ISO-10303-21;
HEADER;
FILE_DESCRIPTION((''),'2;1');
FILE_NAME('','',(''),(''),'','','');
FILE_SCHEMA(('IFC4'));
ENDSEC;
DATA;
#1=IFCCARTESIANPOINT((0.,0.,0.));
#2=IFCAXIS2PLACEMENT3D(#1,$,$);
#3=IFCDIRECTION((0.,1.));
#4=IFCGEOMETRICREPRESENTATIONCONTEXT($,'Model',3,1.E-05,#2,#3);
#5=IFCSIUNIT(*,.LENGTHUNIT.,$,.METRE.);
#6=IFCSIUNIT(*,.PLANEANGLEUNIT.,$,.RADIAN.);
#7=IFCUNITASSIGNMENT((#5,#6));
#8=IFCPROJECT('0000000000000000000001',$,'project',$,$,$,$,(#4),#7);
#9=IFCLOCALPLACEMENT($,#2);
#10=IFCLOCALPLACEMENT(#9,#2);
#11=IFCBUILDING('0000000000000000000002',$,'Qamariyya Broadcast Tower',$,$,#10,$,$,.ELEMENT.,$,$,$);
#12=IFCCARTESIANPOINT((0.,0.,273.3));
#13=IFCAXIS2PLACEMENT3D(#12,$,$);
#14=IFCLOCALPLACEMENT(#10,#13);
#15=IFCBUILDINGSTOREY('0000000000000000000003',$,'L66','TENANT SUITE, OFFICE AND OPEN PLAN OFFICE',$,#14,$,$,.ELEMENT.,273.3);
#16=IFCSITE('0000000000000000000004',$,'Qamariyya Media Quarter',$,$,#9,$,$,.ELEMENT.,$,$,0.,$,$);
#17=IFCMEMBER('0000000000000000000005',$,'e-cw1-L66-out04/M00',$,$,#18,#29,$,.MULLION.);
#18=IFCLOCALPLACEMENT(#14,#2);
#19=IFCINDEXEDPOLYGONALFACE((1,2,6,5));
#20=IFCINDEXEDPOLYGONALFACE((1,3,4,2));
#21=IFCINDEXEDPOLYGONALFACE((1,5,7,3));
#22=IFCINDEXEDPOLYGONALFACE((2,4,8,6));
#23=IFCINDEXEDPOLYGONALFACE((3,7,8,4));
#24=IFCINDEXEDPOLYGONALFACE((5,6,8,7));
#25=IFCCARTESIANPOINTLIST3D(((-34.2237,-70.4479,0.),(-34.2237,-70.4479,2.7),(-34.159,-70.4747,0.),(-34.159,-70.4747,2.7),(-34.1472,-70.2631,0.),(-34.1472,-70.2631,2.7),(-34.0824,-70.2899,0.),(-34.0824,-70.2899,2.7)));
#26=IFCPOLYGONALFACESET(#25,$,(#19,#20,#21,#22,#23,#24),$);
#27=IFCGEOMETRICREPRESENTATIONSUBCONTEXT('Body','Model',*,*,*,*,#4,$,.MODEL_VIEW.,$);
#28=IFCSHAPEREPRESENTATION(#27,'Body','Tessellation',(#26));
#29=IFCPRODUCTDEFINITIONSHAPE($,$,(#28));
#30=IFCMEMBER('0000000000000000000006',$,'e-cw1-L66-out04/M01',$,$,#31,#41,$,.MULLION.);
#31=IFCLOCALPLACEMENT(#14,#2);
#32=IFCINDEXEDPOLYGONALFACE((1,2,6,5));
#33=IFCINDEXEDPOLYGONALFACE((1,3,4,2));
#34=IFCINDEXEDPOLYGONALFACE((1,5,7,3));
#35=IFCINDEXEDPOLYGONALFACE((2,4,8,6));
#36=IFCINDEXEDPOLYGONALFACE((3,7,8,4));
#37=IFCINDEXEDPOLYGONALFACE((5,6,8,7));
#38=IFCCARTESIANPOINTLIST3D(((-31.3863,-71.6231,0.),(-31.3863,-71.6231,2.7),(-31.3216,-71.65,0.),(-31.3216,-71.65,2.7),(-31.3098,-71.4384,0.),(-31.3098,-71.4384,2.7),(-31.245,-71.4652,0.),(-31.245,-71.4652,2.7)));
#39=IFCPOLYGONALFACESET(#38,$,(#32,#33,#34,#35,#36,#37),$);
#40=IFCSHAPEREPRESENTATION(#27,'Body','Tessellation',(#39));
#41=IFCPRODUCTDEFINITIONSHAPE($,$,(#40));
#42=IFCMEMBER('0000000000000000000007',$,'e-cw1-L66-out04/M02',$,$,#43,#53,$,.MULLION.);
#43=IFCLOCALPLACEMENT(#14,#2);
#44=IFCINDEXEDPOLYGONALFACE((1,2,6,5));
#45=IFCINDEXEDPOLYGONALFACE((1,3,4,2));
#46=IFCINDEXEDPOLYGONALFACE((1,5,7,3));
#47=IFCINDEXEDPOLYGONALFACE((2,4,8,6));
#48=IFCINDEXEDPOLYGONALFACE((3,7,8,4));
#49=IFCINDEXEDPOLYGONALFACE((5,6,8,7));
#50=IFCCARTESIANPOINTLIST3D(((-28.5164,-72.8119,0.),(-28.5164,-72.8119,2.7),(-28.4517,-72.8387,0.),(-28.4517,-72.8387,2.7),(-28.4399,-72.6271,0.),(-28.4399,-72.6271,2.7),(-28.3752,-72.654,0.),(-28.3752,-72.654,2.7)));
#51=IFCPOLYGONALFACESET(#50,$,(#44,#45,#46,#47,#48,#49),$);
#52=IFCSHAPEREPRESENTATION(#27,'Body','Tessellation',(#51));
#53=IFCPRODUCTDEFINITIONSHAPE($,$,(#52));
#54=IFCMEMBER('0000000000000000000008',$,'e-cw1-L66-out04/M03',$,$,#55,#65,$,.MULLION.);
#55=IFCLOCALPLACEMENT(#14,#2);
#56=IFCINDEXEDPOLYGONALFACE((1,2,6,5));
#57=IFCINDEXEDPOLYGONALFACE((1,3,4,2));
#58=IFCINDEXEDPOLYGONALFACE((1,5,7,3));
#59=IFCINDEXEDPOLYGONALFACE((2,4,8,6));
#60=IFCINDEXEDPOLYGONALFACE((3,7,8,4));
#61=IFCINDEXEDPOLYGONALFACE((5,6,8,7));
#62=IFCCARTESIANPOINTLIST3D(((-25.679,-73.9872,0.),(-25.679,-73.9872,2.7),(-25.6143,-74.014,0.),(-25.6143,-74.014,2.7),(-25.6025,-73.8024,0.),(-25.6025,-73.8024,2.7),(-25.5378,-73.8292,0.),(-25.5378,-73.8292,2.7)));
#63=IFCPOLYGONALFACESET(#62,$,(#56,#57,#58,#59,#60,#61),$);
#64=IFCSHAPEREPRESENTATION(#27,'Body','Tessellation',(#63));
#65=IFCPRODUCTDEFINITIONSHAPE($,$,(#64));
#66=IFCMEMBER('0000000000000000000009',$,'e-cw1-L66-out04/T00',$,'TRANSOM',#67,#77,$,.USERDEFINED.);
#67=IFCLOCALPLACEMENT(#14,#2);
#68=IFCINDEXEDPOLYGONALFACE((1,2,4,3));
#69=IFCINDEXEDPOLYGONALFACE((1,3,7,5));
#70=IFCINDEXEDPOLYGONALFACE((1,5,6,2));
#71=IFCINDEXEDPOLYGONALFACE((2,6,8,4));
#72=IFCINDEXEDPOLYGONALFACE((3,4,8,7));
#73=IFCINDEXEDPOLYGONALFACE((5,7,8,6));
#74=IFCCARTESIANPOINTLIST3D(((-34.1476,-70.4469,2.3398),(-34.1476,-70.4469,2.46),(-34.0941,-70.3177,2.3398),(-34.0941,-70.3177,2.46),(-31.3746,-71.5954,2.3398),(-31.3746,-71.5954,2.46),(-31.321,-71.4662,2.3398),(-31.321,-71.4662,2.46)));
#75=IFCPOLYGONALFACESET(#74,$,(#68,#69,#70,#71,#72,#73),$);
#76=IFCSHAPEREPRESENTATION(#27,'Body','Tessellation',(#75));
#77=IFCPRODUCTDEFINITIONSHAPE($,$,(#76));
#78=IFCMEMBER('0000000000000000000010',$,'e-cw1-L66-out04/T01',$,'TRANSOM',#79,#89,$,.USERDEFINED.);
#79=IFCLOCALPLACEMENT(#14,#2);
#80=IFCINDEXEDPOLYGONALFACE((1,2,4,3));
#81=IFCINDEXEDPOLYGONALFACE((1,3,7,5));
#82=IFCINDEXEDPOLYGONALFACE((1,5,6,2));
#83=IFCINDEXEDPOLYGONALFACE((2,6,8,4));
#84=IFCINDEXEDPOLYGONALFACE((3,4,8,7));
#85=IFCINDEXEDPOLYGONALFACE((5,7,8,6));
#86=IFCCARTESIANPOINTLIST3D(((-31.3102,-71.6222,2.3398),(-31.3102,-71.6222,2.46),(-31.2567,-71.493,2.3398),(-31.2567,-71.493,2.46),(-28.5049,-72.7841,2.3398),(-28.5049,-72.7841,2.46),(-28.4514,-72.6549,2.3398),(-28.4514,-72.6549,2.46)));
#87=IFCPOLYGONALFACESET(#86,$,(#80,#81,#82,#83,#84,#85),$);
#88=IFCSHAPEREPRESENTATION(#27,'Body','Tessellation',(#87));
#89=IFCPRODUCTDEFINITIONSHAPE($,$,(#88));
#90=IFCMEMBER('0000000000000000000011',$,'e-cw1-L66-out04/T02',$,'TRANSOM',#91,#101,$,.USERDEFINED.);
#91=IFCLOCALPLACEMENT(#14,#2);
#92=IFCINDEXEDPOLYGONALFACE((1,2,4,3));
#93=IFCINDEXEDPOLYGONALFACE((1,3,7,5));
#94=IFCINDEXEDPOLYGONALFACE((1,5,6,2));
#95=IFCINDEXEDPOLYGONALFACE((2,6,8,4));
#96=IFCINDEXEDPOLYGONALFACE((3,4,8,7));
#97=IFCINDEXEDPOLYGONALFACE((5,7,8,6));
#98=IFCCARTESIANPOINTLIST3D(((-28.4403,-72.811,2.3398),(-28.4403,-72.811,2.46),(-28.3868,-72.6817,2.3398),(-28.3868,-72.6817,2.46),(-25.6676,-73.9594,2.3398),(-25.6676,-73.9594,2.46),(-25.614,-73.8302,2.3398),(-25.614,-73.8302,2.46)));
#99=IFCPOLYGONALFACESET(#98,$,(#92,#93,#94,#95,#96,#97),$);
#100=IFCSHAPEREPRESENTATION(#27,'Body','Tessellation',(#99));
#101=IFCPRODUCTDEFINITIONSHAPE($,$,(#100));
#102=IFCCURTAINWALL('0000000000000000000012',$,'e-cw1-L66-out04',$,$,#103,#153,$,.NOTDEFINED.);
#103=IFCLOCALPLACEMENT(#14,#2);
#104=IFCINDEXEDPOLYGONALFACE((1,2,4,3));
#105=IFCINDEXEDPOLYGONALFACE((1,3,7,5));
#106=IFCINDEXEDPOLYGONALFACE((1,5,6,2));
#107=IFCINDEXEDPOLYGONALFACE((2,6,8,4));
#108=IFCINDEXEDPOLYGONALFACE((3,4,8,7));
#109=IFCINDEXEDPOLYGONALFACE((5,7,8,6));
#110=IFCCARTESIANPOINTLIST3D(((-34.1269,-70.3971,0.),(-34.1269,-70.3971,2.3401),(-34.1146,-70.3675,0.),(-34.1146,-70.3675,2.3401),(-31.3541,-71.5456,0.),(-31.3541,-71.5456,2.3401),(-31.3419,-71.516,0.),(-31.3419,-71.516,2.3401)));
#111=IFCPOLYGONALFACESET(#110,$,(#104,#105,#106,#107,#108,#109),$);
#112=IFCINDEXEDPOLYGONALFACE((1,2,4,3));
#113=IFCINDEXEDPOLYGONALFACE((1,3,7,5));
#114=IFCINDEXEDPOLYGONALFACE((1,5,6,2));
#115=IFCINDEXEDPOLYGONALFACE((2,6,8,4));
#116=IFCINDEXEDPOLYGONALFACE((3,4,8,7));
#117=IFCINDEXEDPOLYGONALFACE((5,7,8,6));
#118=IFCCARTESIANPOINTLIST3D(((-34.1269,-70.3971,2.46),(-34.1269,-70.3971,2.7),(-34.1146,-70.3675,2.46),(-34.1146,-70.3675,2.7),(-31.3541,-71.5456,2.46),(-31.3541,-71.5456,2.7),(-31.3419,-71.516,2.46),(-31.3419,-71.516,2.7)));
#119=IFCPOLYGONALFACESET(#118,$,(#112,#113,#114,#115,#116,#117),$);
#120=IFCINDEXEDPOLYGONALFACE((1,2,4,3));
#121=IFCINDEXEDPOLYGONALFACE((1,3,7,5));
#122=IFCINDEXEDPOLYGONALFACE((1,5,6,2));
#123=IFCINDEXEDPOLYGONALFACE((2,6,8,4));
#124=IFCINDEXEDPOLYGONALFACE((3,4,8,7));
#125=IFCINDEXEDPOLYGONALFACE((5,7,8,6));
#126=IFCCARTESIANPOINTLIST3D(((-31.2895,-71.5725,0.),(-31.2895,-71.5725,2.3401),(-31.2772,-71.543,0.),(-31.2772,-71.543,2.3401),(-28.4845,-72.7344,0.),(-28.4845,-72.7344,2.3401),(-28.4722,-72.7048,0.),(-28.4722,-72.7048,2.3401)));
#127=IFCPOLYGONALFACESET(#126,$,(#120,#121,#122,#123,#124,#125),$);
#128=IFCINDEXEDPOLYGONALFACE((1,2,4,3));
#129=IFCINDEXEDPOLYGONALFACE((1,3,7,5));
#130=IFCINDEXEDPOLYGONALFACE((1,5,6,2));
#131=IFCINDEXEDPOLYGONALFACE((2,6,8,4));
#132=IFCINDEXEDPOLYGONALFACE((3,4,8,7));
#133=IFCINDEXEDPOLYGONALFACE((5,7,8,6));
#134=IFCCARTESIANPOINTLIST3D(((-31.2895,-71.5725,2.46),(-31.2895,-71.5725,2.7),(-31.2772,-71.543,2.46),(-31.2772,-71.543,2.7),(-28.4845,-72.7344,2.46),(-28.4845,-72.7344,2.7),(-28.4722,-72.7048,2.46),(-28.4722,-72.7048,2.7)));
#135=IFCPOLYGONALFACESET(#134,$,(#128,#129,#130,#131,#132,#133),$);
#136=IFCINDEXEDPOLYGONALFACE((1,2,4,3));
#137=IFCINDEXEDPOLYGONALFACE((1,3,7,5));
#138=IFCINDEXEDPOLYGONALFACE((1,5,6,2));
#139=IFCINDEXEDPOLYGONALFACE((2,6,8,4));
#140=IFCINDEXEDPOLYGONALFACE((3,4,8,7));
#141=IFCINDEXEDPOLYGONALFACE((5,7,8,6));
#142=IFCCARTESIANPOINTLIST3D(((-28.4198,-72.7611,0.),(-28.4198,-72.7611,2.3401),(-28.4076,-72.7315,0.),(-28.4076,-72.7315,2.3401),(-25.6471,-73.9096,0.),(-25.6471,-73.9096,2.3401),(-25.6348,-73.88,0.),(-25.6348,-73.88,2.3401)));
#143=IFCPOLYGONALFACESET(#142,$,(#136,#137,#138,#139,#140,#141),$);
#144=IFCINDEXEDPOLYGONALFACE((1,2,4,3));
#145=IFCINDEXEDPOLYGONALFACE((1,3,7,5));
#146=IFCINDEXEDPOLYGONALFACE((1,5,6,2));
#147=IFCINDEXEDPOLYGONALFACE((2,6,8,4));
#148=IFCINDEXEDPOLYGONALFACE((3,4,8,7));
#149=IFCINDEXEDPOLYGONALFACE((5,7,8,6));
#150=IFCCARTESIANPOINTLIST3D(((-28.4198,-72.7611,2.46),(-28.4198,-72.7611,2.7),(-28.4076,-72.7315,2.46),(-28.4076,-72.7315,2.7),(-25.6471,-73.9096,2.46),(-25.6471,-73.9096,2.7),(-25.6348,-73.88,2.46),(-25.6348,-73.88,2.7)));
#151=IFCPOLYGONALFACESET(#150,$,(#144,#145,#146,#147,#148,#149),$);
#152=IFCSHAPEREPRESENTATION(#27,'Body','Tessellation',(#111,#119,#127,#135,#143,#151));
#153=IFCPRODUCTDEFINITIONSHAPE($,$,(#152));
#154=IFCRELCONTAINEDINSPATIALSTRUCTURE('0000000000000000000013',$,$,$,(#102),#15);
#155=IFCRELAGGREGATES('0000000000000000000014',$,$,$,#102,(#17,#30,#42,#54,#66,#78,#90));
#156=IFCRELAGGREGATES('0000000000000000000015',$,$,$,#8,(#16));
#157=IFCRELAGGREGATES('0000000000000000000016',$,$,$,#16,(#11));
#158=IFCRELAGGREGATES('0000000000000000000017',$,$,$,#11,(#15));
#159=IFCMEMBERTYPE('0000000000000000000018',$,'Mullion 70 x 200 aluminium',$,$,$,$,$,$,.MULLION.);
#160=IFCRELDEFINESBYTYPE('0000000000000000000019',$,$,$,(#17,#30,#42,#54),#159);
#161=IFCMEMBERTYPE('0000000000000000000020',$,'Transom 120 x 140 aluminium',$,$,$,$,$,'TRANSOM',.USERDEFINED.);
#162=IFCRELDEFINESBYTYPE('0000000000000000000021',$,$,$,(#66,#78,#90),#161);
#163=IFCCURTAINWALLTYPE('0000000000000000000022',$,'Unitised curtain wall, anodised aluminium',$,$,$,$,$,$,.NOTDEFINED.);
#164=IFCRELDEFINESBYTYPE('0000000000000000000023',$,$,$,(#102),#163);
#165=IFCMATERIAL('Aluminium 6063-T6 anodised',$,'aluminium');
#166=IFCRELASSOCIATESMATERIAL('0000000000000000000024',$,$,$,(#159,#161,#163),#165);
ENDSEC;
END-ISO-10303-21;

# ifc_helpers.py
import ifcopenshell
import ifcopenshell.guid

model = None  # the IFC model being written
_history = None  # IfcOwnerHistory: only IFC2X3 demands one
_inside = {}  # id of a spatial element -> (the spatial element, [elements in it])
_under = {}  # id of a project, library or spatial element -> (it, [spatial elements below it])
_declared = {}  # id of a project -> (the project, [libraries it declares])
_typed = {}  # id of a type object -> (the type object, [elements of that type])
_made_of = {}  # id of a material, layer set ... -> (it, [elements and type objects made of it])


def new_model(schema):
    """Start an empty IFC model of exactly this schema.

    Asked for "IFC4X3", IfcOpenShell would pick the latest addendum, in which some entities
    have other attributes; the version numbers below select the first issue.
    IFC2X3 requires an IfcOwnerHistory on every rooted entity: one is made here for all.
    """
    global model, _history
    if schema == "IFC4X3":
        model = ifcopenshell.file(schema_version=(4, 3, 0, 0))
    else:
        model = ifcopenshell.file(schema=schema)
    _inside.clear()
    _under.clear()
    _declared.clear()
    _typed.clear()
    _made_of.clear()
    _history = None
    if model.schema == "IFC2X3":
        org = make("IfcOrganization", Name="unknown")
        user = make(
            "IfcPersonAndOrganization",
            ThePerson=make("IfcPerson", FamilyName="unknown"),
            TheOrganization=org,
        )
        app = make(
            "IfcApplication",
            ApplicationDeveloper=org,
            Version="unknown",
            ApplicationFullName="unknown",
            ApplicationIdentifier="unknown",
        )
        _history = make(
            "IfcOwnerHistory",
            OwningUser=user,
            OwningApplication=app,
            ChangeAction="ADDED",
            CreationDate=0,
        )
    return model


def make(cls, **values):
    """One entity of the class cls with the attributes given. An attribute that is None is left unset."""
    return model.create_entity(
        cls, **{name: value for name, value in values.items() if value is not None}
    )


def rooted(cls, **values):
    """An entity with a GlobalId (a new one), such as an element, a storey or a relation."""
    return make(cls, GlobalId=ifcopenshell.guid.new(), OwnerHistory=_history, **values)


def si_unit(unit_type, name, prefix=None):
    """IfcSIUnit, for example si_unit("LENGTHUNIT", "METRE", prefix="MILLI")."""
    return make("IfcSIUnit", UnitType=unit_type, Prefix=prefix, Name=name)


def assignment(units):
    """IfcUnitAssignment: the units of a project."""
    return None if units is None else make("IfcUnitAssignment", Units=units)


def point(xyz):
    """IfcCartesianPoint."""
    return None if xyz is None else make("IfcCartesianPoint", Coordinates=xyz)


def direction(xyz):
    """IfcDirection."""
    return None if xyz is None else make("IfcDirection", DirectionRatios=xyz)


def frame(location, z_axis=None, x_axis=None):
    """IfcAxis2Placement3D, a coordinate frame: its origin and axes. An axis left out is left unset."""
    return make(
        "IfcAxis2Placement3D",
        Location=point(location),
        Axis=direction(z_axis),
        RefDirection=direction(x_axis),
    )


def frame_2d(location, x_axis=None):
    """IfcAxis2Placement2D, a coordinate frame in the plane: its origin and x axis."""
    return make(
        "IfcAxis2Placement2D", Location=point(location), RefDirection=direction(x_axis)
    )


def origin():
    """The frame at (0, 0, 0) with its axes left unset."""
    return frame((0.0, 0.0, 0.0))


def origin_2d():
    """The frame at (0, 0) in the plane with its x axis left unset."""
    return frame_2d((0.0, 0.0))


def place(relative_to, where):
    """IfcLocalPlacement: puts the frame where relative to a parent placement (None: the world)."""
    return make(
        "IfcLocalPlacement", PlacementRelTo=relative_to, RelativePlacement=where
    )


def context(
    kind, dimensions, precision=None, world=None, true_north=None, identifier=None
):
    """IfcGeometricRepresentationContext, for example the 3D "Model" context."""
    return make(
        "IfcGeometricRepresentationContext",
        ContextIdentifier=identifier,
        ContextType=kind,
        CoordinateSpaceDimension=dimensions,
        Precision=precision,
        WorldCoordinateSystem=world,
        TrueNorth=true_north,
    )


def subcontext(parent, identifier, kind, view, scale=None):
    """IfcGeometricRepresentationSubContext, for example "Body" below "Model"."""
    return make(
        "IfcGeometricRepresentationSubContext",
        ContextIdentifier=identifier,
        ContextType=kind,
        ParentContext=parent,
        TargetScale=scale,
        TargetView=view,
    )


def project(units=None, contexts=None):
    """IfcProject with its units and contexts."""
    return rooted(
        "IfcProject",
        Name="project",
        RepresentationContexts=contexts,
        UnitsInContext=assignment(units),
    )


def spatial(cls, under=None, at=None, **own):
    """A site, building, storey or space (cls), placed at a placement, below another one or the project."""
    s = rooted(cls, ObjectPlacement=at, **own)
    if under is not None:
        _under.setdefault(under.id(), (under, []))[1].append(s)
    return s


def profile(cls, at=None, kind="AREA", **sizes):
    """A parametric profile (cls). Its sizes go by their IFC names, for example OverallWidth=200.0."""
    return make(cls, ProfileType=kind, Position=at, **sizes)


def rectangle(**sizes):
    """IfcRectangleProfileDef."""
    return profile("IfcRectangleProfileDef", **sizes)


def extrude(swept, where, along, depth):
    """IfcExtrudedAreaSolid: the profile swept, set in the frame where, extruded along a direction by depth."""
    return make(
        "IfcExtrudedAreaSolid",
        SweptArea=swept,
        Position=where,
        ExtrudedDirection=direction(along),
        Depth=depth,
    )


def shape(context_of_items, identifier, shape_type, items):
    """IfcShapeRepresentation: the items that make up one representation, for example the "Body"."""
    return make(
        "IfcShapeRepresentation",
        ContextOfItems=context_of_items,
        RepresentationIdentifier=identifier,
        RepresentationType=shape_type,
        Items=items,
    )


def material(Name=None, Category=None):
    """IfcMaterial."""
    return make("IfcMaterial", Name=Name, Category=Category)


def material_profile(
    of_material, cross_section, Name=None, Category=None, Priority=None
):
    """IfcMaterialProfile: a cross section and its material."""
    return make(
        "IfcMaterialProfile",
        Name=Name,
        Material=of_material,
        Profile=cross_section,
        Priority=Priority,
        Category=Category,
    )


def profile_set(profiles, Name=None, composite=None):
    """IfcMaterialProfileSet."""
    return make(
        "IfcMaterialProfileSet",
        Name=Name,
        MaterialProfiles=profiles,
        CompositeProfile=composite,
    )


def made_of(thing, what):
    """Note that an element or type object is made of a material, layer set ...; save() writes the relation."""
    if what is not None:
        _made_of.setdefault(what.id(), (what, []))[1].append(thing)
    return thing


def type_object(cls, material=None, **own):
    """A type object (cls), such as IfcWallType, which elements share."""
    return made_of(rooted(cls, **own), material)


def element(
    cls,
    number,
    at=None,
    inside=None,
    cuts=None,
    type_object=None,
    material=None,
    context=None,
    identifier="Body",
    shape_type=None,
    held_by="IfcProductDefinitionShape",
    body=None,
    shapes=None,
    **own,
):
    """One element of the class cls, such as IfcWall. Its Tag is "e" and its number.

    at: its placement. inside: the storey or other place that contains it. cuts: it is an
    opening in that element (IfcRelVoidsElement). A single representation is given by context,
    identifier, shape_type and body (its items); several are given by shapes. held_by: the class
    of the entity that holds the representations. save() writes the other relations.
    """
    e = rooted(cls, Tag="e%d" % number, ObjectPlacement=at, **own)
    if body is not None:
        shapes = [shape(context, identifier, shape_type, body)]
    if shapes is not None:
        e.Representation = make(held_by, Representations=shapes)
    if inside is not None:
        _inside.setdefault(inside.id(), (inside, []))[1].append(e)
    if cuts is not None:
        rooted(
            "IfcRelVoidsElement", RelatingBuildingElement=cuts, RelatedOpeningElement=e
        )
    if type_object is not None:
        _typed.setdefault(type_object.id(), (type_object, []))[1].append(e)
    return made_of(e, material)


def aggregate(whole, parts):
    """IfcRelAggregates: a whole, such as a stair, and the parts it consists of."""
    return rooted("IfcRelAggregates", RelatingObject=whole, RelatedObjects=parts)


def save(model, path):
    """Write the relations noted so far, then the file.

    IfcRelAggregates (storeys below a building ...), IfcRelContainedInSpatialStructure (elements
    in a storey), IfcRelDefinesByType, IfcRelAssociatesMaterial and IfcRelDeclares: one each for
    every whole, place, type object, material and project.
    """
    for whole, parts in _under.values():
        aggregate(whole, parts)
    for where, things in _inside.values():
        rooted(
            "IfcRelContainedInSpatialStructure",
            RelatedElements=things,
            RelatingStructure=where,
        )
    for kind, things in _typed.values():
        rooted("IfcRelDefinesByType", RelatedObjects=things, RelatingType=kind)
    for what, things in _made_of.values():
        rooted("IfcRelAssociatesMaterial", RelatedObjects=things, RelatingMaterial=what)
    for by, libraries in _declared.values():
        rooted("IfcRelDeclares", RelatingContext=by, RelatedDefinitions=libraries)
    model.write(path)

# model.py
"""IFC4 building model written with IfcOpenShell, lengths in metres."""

from ifc_helpers import new_model, si_unit, direction, frame, origin, origin_2d, place, context, subcontext, project, spatial, rectangle, extrude, material, material_profile, profile_set, type_object, element, aggregate, save


model = new_model("IFC4")

# Units and contexts
model_context = context("Model", 3, precision=1e-05, world=origin(), true_north=direction((0.0, 1.0)))
body_context = subcontext(model_context, "Body", "Model", "MODEL_VIEW")
ifc_project = project(units=[si_unit("LENGTHUNIT", "METRE"), si_unit("PLANEANGLEUNIT", "RADIAN")], contexts=[model_context])

# Members
ifc_material = material(Name="Aluminium 6063-T6 anodised", Category="aluminium")
ifc_material_profile_1 = material_profile(ifc_material, rectangle(XDim=0.2, YDim=0.0701, at=origin_2d()))
ifc_profile_set_1 = profile_set([ifc_material_profile_1], Name="Aluminium 6063-T6 anodised")
member_type_1 = type_object("IfcMemberType", Name="Mullion 70 x 200 aluminium", PredefinedType="MULLION", material=ifc_profile_set_1)
site_placement = place(None, origin())
building_placement = place(site_placement, origin())
storey_placement = place(building_placement, frame((0.0, 0.0, 273.3)))
member_1_placement = place(storey_placement, frame((-34.1531, -70.3689, 0.0), z_axis=(0.0, 0.0, 1.0), x_axis=(0.382683, 0.92388, 0.0)))
member_1 = element("IfcMember", 1, at=member_1_placement, type_object=member_type_1, Name="e-cw1-L66-out04/M00", PredefinedType="MULLION", context=body_context, shape_type="SweptSolid", body=[
    extrude(rectangle(XDim=0.2, YDim=0.0701, at=origin_2d()), origin(), (0.0, 0.0, 1.0), 2.7),
])
member_2_placement = place(storey_placement, frame((-31.3157, -71.5442, 0.0), z_axis=(0.0, 0.0, 1.0), x_axis=(0.382683, 0.92388, 0.0)))
member_2 = element("IfcMember", 2, at=member_2_placement, type_object=member_type_1, Name="e-cw1-L66-out04/M01", PredefinedType="MULLION", context=body_context, shape_type="SweptSolid", body=[
    extrude(rectangle(XDim=0.2, YDim=0.0701, at=origin_2d()), origin(), (0.0, 0.0, 1.0), 2.7),
])
member_3_placement = place(storey_placement, frame((-28.4458, -72.7329, 0.0), z_axis=(0.0, 0.0, 1.0), x_axis=(0.382683, 0.92388, 0.0)))
member_3 = element("IfcMember", 3, at=member_3_placement, type_object=member_type_1, Name="e-cw1-L66-out04/M02", PredefinedType="MULLION", context=body_context, shape_type="SweptSolid", body=[
    extrude(rectangle(XDim=0.2, YDim=0.0701, at=origin_2d()), origin(), (0.0, 0.0, 1.0), 2.7),
])
member_4_placement = place(storey_placement, frame((-25.6084, -73.9082, 0.0), z_axis=(0.0, 0.0, 1.0), x_axis=(0.382683, 0.92388, 0.0)))
member_4 = element("IfcMember", 4, at=member_4_placement, type_object=member_type_1, Name="e-cw1-L66-out04/M03", PredefinedType="MULLION", context=body_context, shape_type="SweptSolid", body=[
    extrude(rectangle(XDim=0.2, YDim=0.0701, at=origin_2d()), origin(), (0.0, 0.0, 1.0), 2.7),
])
ifc_material_profile_2 = material_profile(ifc_material, rectangle(XDim=0.1399, YDim=0.1201, at=origin_2d()))
ifc_profile_set_2 = profile_set([ifc_material_profile_2], Name="Aluminium 6063-T6 anodised")
member_type_2 = type_object("IfcMemberType", Name="Transom 120 x 140 aluminium", ElementType="TRANSOM", PredefinedType="USERDEFINED", material=ifc_profile_set_2)
member_5_placement = place(storey_placement, frame((-34.1208, -70.3823, 2.3999), z_axis=(0.923898, -0.382639, 0.0), x_axis=(0.382639, 0.923898, 0.0)))
member_5 = element("IfcMember", 5, at=member_5_placement, type_object=member_type_2, Name="e-cw1-L66-out04/T00", ObjectType="TRANSOM", PredefinedType="USERDEFINED", context=body_context, shape_type="SweptSolid", body=[
    extrude(rectangle(XDim=0.1399, YDim=0.1201, at=origin_2d()), origin(), (0.0, 0.0, 1.0), 3.0015),
])
member_6_placement = place(storey_placement, frame((-31.2834, -71.5576, 2.3999), z_axis=(0.923888, -0.382662, 0.0), x_axis=(0.382662, 0.923888, 0.0)))
member_6 = element("IfcMember", 6, at=member_6_placement, type_object=member_type_2, Name="e-cw1-L66-out04/T01", ObjectType="TRANSOM", PredefinedType="USERDEFINED", context=body_context, shape_type="SweptSolid", body=[
    extrude(rectangle(XDim=0.1399, YDim=0.1201, at=origin_2d()), origin(), (0.0, 0.0, 1.0), 3.0364),
])
member_7_placement = place(storey_placement, frame((-28.4136, -72.7463, 2.3999), z_axis=(0.923886, -0.382668, 0.0), x_axis=(0.382668, 0.923886, 0.0)))
member_7 = element("IfcMember", 7, at=member_7_placement, type_object=member_type_2, Name="e-cw1-L66-out04/T02", ObjectType="TRANSOM", PredefinedType="USERDEFINED", context=body_context, shape_type="SweptSolid", body=[
    extrude(rectangle(XDim=0.1399, YDim=0.1201, at=origin_2d()), origin(), (0.0, 0.0, 1.0), 3.0012),
])

# Site, building, storey
site = spatial("IfcSite", under=ifc_project, at=site_placement, Name="Qamariyya Media Quarter", CompositionType="ELEMENT", RefElevation=0.0)
building = spatial("IfcBuilding", under=site, at=building_placement, Name="Qamariyya Broadcast Tower", CompositionType="ELEMENT")
storey = spatial("IfcBuildingStorey", under=building, at=storey_placement, Name="L66", Description="TENANT SUITE, OFFICE AND OPEN PLAN OFFICE", CompositionType="ELEMENT", Elevation=273.3)

# Curtain wall
curtain_wall_type = type_object("IfcCurtainWallType", Name="Unitised curtain wall, anodised aluminium", PredefinedType="NOTDEFINED", material=ifc_material)
curtain_wall_1_placement = place(storey_placement, origin())
curtain_wall_1 = element("IfcCurtainWall", 8, at=curtain_wall_1_placement, inside=storey, type_object=curtain_wall_type, Name="e-cw1-L66-out04", PredefinedType="NOTDEFINED", context=body_context, shape_type="SweptSolid", body=[
    extrude(rectangle(XDim=3.0012, YDim=0.032, at=origin_2d()), frame((-32.7344, -70.9565, 0.0), x_axis=(0.923878, -0.382687, 0.0)), (0.0, 0.0, 1.0), 2.3401),
    extrude(rectangle(XDim=3.0012, YDim=0.032, at=origin_2d()), frame((-32.7344, -70.9565, 2.46), x_axis=(0.923878, -0.382687, 0.0)), (0.0, 0.0, 1.0), 0.24),
    extrude(rectangle(XDim=3.0361, YDim=0.032, at=origin_2d()), frame((-29.8809, -72.1387, 0.0), x_axis=(0.923878, -0.382687, 0.0)), (0.0, 0.0, 1.0), 2.3401),
    extrude(rectangle(XDim=3.0361, YDim=0.032, at=origin_2d()), frame((-29.8809, -72.1387, 2.46), x_axis=(0.923878, -0.382687, 0.0)), (0.0, 0.0, 1.0), 0.24),
    extrude(rectangle(XDim=3.0012, YDim=0.032, at=origin_2d()), frame((-27.0273, -73.3206, 0.0), x_axis=(0.923878, -0.382687, 0.0)), (0.0, 0.0, 1.0), 2.3401),
    extrude(rectangle(XDim=3.0012, YDim=0.032, at=origin_2d()), frame((-27.0273, -73.3206, 2.46), x_axis=(0.923878, -0.382687, 0.0)), (0.0, 0.0, 1.0), 0.24),
])
aggregate(curtain_wall_1, [member_1, member_2, member_3, member_4, member_5, member_6, member_7])

save(model, "model.ifc")
